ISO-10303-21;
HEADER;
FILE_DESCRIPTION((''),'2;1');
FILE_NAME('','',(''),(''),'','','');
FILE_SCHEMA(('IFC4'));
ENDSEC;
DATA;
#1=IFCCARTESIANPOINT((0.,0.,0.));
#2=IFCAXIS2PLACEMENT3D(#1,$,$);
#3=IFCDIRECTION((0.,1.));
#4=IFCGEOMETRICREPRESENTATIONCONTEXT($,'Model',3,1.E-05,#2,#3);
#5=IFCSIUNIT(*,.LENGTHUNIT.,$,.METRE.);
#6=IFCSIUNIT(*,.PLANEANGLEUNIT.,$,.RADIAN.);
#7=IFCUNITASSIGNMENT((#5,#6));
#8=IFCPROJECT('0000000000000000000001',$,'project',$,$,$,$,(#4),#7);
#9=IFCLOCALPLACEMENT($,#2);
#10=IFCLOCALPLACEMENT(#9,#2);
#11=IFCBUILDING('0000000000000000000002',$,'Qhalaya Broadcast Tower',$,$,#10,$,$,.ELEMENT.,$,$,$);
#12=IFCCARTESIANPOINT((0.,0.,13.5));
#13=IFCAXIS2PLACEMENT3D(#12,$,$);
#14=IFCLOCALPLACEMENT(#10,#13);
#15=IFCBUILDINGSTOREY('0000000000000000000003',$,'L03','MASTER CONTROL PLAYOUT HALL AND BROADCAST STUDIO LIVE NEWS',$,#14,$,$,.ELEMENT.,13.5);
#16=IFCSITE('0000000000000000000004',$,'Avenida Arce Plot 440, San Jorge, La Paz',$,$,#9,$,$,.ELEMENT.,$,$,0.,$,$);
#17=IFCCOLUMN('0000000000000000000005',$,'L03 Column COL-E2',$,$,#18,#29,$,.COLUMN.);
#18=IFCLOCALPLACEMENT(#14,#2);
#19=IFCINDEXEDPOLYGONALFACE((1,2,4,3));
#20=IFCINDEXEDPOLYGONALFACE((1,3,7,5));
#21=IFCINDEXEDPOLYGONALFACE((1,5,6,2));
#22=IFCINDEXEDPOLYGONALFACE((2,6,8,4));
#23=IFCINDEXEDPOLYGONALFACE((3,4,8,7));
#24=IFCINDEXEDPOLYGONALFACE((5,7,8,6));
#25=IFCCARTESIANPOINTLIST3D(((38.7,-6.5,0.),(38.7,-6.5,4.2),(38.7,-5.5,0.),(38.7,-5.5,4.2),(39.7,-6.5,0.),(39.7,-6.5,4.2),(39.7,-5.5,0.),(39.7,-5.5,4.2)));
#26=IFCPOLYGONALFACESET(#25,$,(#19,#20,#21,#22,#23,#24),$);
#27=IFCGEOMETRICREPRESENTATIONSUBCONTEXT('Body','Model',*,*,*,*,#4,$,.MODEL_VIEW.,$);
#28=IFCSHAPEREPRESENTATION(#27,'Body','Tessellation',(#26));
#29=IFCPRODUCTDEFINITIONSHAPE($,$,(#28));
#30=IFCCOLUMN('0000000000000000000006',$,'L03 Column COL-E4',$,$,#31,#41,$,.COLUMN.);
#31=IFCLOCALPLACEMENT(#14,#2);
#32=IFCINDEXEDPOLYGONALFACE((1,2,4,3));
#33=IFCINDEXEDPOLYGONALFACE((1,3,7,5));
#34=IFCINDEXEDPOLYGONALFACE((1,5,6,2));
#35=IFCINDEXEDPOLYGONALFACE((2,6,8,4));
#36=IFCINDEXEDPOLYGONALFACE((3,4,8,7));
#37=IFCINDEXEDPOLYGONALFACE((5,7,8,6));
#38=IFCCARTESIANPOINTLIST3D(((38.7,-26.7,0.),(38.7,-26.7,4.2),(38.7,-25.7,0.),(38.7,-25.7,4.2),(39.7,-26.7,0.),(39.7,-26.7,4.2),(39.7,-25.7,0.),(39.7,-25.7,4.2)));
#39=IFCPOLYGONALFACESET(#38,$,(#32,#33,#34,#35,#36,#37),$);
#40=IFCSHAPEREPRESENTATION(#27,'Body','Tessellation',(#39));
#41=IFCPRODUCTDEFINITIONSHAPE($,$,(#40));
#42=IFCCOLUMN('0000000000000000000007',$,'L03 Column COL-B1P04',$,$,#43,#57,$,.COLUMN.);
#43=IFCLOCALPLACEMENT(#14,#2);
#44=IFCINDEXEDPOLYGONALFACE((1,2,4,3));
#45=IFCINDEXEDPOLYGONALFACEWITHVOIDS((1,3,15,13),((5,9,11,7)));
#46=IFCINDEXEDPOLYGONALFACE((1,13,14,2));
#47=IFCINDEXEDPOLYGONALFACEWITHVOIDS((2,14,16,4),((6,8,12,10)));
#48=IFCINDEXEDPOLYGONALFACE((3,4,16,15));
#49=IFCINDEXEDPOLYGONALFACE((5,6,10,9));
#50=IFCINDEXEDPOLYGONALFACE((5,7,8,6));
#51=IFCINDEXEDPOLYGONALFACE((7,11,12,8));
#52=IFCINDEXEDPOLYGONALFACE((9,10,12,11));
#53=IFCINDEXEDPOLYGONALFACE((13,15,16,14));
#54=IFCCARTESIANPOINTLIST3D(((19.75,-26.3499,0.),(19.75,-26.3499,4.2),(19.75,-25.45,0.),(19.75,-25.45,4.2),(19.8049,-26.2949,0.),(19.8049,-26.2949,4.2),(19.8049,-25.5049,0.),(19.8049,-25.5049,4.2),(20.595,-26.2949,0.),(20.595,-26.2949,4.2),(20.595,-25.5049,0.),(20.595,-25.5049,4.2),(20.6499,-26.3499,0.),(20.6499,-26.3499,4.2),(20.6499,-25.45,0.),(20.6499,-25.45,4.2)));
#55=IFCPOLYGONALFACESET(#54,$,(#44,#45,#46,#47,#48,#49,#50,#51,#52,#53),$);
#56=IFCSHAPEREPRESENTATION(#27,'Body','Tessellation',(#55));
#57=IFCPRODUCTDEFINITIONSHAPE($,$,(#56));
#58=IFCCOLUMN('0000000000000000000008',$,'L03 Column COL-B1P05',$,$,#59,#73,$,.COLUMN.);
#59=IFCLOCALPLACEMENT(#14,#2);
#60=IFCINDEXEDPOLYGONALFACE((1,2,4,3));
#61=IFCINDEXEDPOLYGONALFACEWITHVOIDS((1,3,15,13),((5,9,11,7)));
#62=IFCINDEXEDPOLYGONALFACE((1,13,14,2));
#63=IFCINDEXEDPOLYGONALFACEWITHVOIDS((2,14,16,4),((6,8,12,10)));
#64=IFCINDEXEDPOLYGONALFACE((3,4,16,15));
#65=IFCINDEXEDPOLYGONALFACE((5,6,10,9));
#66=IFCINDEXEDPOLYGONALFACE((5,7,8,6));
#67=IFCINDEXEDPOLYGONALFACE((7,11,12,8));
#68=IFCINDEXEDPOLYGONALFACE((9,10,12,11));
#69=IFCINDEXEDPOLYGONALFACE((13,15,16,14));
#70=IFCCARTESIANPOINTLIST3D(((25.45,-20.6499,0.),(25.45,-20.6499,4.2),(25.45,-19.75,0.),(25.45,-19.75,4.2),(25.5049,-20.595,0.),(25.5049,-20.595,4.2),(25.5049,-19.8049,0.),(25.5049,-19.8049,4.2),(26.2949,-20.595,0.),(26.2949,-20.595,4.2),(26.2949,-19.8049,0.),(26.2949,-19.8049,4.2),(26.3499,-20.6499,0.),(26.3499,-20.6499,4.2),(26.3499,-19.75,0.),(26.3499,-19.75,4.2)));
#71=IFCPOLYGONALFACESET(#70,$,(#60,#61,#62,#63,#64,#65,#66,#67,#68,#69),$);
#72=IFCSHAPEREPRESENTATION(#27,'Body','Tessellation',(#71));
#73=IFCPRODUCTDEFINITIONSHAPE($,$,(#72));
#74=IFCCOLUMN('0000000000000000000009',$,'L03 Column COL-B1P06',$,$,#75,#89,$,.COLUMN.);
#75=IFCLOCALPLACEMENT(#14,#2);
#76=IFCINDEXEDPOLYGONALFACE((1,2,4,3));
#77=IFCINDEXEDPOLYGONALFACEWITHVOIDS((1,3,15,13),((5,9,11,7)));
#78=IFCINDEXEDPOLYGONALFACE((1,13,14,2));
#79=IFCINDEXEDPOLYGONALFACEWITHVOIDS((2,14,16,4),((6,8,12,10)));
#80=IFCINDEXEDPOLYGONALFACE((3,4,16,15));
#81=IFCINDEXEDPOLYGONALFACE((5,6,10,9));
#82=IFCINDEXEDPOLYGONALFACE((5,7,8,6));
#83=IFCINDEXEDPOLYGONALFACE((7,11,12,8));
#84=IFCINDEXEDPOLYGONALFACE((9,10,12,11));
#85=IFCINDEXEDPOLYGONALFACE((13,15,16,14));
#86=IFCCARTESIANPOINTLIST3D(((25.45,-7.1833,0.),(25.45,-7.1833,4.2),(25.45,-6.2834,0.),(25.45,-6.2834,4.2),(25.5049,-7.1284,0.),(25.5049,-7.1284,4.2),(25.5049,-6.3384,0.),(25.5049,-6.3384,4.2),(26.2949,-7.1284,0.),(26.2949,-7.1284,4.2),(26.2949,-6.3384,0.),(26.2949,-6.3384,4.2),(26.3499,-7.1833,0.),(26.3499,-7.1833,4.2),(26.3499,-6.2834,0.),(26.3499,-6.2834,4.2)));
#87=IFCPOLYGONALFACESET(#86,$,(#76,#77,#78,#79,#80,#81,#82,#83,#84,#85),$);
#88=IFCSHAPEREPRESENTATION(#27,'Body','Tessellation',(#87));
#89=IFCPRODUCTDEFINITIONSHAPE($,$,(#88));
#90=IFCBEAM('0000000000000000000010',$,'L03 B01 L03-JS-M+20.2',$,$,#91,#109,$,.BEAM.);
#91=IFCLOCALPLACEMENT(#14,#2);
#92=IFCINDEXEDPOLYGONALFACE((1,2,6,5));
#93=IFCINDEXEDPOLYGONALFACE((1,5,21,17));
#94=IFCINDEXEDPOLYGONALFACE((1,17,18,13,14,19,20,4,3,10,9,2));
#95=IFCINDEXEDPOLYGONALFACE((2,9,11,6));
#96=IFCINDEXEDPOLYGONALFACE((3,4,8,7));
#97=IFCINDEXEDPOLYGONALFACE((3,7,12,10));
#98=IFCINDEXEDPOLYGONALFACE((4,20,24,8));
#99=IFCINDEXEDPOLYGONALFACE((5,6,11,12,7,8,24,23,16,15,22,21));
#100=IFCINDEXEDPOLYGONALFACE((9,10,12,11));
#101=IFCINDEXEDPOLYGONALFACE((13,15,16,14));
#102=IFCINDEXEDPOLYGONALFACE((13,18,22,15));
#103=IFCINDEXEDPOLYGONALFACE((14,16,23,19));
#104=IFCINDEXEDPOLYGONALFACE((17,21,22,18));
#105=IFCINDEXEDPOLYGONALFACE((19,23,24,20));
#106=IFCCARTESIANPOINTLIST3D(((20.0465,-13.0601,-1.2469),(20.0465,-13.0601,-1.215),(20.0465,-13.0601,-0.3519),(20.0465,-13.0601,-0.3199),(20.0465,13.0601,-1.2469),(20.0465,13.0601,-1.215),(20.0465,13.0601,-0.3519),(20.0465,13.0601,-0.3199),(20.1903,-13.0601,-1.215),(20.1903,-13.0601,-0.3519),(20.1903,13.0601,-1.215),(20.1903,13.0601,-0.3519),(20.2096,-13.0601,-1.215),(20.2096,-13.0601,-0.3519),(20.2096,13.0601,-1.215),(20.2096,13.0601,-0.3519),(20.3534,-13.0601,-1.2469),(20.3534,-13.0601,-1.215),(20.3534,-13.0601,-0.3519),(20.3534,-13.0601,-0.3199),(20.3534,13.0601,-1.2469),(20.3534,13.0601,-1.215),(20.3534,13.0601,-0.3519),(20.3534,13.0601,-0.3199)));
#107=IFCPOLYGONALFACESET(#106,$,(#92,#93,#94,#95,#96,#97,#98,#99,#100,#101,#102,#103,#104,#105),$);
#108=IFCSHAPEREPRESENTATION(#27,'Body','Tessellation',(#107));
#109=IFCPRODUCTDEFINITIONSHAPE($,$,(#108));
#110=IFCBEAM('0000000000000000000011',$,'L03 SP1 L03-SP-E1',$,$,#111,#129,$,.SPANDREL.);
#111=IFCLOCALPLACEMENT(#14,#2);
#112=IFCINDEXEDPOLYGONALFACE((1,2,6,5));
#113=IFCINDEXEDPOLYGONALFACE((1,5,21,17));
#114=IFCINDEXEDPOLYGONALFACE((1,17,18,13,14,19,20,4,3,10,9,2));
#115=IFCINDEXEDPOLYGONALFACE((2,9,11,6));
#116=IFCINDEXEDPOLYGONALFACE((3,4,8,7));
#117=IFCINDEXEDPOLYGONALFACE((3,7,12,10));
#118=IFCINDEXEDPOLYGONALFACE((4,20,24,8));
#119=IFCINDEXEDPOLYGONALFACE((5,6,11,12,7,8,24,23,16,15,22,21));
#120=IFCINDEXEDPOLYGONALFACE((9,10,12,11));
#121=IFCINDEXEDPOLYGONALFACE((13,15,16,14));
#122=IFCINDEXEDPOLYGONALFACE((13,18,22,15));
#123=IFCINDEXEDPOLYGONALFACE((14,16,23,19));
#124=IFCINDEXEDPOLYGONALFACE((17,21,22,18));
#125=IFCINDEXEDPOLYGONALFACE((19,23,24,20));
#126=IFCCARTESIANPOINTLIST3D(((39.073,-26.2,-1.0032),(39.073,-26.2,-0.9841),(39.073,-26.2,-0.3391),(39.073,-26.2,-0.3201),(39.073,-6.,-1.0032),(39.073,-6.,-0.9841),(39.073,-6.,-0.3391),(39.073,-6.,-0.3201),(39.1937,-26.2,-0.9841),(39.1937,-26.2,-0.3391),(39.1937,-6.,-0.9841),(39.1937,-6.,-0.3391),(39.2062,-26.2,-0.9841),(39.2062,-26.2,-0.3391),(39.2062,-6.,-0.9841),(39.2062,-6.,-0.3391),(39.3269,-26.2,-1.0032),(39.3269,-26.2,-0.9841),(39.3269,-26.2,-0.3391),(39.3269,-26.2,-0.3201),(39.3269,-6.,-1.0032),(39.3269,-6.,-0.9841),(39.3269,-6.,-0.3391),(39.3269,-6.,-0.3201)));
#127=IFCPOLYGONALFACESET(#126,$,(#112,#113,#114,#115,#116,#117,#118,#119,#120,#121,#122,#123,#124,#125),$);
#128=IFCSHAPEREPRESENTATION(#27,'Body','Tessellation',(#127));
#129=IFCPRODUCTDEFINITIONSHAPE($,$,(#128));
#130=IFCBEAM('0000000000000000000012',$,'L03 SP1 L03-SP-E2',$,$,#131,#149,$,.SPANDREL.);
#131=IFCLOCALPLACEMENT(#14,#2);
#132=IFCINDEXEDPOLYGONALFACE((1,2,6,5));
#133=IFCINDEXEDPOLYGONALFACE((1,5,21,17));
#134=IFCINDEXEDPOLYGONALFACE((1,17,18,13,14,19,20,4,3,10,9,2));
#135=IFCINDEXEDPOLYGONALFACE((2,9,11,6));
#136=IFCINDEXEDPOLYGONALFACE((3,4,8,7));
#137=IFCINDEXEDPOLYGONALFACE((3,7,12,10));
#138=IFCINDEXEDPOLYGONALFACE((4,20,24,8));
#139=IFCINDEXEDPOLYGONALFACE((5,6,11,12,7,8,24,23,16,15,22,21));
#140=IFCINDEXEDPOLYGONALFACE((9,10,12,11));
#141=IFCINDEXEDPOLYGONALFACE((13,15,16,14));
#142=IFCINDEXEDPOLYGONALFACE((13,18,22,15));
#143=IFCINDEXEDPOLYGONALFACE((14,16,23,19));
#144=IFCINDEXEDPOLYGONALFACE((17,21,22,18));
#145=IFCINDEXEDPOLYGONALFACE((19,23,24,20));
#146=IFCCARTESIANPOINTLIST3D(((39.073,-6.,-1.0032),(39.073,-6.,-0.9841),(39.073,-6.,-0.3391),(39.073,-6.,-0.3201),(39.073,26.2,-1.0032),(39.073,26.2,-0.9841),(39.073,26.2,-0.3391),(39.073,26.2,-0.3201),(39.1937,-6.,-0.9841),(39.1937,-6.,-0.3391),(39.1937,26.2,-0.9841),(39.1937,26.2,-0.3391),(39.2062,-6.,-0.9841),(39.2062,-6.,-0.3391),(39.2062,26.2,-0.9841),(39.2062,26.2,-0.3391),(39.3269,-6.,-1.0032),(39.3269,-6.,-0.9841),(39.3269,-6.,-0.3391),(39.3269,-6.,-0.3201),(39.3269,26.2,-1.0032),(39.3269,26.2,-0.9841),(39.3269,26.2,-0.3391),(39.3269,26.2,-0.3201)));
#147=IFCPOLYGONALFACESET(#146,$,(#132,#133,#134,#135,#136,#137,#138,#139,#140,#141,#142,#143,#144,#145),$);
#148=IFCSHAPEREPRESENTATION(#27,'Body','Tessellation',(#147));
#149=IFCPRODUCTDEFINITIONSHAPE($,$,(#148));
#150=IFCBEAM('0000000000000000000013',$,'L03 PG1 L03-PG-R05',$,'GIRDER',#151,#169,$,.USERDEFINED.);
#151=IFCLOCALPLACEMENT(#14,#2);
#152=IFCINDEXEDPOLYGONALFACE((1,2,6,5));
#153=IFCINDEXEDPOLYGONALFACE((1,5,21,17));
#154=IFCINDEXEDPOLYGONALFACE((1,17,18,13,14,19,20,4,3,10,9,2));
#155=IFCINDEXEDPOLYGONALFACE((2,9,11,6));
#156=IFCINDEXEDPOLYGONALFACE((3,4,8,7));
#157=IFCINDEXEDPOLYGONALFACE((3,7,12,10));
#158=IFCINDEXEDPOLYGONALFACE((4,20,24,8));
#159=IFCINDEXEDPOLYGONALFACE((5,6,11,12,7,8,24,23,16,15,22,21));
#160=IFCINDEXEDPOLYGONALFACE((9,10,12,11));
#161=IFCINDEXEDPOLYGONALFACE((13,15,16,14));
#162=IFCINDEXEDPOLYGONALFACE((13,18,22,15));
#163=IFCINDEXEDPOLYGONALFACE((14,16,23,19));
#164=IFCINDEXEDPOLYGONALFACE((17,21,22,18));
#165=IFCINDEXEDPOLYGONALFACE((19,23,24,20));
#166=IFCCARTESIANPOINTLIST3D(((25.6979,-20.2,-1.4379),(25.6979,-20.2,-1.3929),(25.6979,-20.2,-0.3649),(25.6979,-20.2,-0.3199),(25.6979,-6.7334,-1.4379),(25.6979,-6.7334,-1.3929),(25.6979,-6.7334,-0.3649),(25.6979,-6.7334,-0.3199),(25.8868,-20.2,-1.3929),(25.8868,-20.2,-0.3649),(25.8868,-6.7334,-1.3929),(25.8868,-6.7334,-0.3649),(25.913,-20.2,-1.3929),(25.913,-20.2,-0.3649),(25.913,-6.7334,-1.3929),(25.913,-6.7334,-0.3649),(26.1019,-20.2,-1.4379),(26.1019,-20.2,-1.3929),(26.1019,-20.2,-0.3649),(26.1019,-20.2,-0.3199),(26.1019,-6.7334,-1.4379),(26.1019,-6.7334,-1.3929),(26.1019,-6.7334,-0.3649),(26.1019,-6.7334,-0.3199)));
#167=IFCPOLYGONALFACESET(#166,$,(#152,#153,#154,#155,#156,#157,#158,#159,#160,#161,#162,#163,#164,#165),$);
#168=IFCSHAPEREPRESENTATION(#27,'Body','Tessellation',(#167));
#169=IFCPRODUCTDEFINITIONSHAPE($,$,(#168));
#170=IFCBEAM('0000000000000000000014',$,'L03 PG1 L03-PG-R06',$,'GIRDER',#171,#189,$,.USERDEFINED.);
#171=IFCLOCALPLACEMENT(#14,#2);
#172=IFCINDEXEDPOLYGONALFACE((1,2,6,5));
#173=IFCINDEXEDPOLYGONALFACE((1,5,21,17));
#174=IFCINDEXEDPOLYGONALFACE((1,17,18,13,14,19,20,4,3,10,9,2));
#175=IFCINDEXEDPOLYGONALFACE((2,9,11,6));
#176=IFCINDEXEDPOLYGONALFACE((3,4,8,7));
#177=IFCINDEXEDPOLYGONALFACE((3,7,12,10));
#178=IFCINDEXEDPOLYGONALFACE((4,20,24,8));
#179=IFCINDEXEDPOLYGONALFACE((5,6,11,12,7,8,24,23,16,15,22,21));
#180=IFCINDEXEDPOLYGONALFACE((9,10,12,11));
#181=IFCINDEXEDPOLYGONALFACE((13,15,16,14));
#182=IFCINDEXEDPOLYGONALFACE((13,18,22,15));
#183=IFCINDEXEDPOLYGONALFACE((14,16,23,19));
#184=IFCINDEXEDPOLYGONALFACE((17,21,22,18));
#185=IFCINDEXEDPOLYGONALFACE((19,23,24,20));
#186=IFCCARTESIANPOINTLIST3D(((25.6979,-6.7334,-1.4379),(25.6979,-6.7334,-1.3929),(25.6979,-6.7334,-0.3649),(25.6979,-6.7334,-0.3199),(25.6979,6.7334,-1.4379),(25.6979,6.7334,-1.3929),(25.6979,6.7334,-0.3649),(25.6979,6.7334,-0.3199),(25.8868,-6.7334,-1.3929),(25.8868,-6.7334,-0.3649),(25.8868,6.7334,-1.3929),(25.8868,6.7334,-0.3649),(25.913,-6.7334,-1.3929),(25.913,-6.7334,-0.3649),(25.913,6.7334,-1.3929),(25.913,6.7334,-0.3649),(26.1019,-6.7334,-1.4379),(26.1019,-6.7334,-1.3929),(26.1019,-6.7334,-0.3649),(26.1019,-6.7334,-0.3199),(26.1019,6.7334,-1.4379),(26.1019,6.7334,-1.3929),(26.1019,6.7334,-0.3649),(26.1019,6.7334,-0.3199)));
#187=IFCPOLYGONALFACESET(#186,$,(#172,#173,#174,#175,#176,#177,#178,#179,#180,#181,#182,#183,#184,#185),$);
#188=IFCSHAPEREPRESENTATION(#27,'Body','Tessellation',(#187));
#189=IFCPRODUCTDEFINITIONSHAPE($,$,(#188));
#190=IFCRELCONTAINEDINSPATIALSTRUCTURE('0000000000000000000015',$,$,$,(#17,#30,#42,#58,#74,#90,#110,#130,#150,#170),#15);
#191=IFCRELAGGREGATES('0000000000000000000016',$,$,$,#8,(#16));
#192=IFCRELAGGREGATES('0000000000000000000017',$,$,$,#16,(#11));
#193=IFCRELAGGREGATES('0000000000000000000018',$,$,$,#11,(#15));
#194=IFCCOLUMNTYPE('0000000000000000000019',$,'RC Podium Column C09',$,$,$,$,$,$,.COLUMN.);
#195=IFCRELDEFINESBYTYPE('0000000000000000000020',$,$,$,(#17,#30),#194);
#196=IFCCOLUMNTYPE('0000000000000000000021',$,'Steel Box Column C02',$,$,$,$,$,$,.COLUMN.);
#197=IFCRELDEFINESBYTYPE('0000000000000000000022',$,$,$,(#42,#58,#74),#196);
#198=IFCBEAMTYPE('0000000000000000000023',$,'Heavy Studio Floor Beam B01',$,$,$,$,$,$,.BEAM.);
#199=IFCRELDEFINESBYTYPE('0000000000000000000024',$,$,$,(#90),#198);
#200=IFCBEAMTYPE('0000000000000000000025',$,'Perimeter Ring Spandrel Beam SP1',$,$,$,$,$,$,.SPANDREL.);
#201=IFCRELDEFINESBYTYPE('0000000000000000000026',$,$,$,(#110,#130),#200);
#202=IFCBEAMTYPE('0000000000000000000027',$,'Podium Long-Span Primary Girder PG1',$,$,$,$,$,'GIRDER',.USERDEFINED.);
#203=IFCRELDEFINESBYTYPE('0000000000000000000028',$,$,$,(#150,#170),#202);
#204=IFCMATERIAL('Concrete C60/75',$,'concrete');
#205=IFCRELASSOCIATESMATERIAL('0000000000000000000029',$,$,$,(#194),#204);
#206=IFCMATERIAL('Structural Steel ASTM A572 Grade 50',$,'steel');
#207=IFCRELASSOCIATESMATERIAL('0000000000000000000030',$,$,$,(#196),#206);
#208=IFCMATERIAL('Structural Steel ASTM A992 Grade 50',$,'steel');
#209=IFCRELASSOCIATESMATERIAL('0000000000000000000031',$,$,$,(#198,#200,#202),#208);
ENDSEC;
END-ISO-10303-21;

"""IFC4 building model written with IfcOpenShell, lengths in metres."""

from ifc_helpers import new_model, si_unit, direction, frame, origin, origin_2d, place, context, subcontext, project, spatial, rectangle, hollow_rectangle, i_section, extrude, material, material_profile, profile_set, type_object, element, save


model = new_model("IFC4")

# Units and contexts
model_context = context("Model", 3, precision=1e-05, world=origin(), true_north=direction((0.0, 1.0)))
body_context = subcontext(model_context, "Body", "Model", "MODEL_VIEW")
ifc_project = project(units=[si_unit("LENGTHUNIT", "METRE"), si_unit("PLANEANGLEUNIT", "RADIAN")], contexts=[model_context])

# Site, building, storey
site_placement = place(None, origin())
site = spatial("IfcSite", under=ifc_project, at=site_placement, Name="Avenida Arce Plot 440, San Jorge, La Paz", CompositionType="ELEMENT", RefElevation=0.0)
building_placement = place(site_placement, origin())
building = spatial("IfcBuilding", under=site, at=building_placement, Name="Qhalaya Broadcast Tower", CompositionType="ELEMENT")
storey_placement = place(building_placement, frame((0.0, 0.0, 13.5)))
storey = spatial("IfcBuildingStorey", under=building, at=storey_placement, Name="L03", Description="MASTER CONTROL PLAYOUT HALL AND BROADCAST STUDIO LIVE NEWS", CompositionType="ELEMENT", Elevation=13.5)

# Columns
ifc_material_1 = material(Name="Concrete C60/75", Category="concrete")
ifc_material_profile_1 = material_profile(ifc_material_1, rectangle(XDim=1.0, YDim=1.0, at=origin_2d()), Name="RC-COL 1000x1000")
ifc_profile_set_1 = profile_set([ifc_material_profile_1], Name="Concrete C60/75")
column_type_1 = type_object("IfcColumnType", Name="RC Podium Column C09", PredefinedType="COLUMN", material=ifc_profile_set_1)
for number, where, z_axis, x_axis, name in (
    (1, (39.2, -6.0, 0.0), (0.0, 0.0, 1.0), (1.0, 0.0, 0.0), "L03 Column COL-E2"),
    (2, (39.2, -26.2, 0.0), (0.0, 0.0, 1.0), (1.0, 0.0, 0.0), "L03 Column COL-E4"),
):
    element("IfcColumn", number, at=place(storey_placement, frame(where, z_axis=z_axis, x_axis=x_axis)), inside=storey, type_object=column_type_1, Name=name, PredefinedType="COLUMN", context=body_context, shape_type="SweptSolid", body=[
        extrude(rectangle(XDim=1.0, YDim=1.0, at=origin_2d()), origin(), (0.0, 0.0, 1.0), 4.2),
    ])
ifc_material_2 = material(Name="Structural Steel ASTM A572 Grade 50", Category="steel")
ifc_material_profile_2 = material_profile(ifc_material_2, hollow_rectangle(XDim=0.8999, YDim=0.8999, WallThickness=0.0549, at=origin_2d()), Name="BOX 900x900x55")
ifc_profile_set_2 = profile_set([ifc_material_profile_2], Name="Structural Steel ASTM A572 Grade 50")
column_type_2 = type_object("IfcColumnType", Name="Steel Box Column C02", PredefinedType="COLUMN", material=ifc_profile_set_2)
for number, where, z_axis, x_axis, name in (
    (3, (20.2, -25.8999, 0.0), (0.0, 0.0, 1.0), (1.0, 0.0, 0.0), "L03 Column COL-B1P04"),
    (4, (25.8999, -20.2, 0.0), (0.0, 0.0, 1.0), (0.0, 1.0, 0.0), "L03 Column COL-B1P05"),
    (5, (25.8999, -6.7334, 0.0), (0.0, 0.0, 1.0), (0.0, 1.0, 0.0), "L03 Column COL-B1P06"),
):
    element("IfcColumn", number, at=place(storey_placement, frame(where, z_axis=z_axis, x_axis=x_axis)), inside=storey, type_object=column_type_2, Name=name, PredefinedType="COLUMN", context=body_context, shape_type="SweptSolid", body=[
        extrude(hollow_rectangle(XDim=0.8999, YDim=0.8999, WallThickness=0.0549, at=origin_2d()), origin(), (0.0, 0.0, 1.0), 4.2),
    ])

# Beams
ifc_material_3 = material(Name="Structural Steel ASTM A992 Grade 50", Category="steel")
ifc_material_profile_3 = material_profile(ifc_material_3, i_section(OverallWidth=0.3069, OverallDepth=0.927, WebThickness=0.0193, FlangeThickness=0.032, at=origin_2d()), Name="W36X194")
ifc_profile_set_3 = profile_set([ifc_material_profile_3], Name="Structural Steel ASTM A992 Grade 50")
beam_type_1 = type_object("IfcBeamType", Name="Heavy Studio Floor Beam B01", PredefinedType="BEAM", material=ifc_profile_set_3)
beam_1_placement = place(storey_placement, frame((20.2, -13.0601, -0.7834), z_axis=(0.0, 1.0, 0.0), x_axis=(-1.0, 0.0, 0.0)))
element("IfcBeam", 6, at=beam_1_placement, inside=storey, type_object=beam_type_1, Name="L03 B01 L03-JS-M+20.2", PredefinedType="BEAM", context=body_context, shape_type="SweptSolid", body=[
    extrude(i_section(OverallWidth=0.3069, OverallDepth=0.927, WebThickness=0.0193, FlangeThickness=0.032, at=origin_2d()), origin(), (0.0, 0.0, 1.0), 26.1201),
])
ifc_material_profile_4 = material_profile(ifc_material_3, i_section(OverallWidth=0.2539, OverallDepth=0.6831, WebThickness=0.0125, FlangeThickness=0.019, at=origin_2d()), Name="W27X94")
ifc_profile_set_4 = profile_set([ifc_material_profile_4], Name="Structural Steel ASTM A992 Grade 50")
beam_type_2 = type_object("IfcBeamType", Name="Perimeter Ring Spandrel Beam SP1", PredefinedType="SPANDREL", material=ifc_profile_set_4)
beam_2_placement = place(storey_placement, frame((39.2, -26.2, -0.6616), z_axis=(0.0, 1.0, 0.0), x_axis=(-1.0, 0.0, 0.0)))
element("IfcBeam", 7, at=beam_2_placement, inside=storey, type_object=beam_type_2, Name="L03 SP1 L03-SP-E1", PredefinedType="SPANDREL", context=body_context, shape_type="SweptSolid", body=[
    extrude(i_section(OverallWidth=0.2539, OverallDepth=0.6831, WebThickness=0.0125, FlangeThickness=0.019, at=origin_2d()), origin(), (0.0, 0.0, 1.0), 20.2),
])
beam_3_placement = place(storey_placement, frame((39.2, -6.0, -0.6616), z_axis=(0.0, 1.0, 0.0), x_axis=(-1.0, 0.0, 0.0)))
element("IfcBeam", 8, at=beam_3_placement, inside=storey, type_object=beam_type_2, Name="L03 SP1 L03-SP-E2", PredefinedType="SPANDREL", context=body_context, shape_type="SweptSolid", body=[
    extrude(i_section(OverallWidth=0.2539, OverallDepth=0.6831, WebThickness=0.0125, FlangeThickness=0.019, at=origin_2d()), origin(), (0.0, 0.0, 1.0), 32.2),
])
ifc_material_profile_5 = material_profile(ifc_material_3, i_section(OverallWidth=0.4041, OverallDepth=1.1179, WebThickness=0.0261, FlangeThickness=0.0449, at=origin_2d()), Name="W44X335")
ifc_profile_set_5 = profile_set([ifc_material_profile_5], Name="Structural Steel ASTM A992 Grade 50")
beam_type_3 = type_object("IfcBeamType", Name="Podium Long-Span Primary Girder PG1", ElementType="GIRDER", PredefinedType="USERDEFINED", material=ifc_profile_set_5)
beam_4_placement = place(storey_placement, frame((25.8999, -20.2, -0.8789), z_axis=(0.0, 1.0, 0.0), x_axis=(-1.0, 0.0, 0.0)))
element("IfcBeam", 9, at=beam_4_placement, inside=storey, type_object=beam_type_3, Name="L03 PG1 L03-PG-R05", ObjectType="GIRDER", PredefinedType="USERDEFINED", context=body_context, shape_type="SweptSolid", body=[
    extrude(i_section(OverallWidth=0.4041, OverallDepth=1.1179, WebThickness=0.0261, FlangeThickness=0.0449, at=origin_2d()), origin(), (0.0, 0.0, 1.0), 13.4666),
])
beam_5_placement = place(storey_placement, frame((25.8999, -6.7334, -0.8789), z_axis=(0.0, 1.0, 0.0), x_axis=(-1.0, 0.0, 0.0)))
element("IfcBeam", 10, at=beam_5_placement, inside=storey, type_object=beam_type_3, Name="L03 PG1 L03-PG-R06", ObjectType="GIRDER", PredefinedType="USERDEFINED", context=body_context, shape_type="SweptSolid", body=[
    extrude(i_section(OverallWidth=0.4041, OverallDepth=1.1179, WebThickness=0.0261, FlangeThickness=0.0449, at=origin_2d()), origin(), (0.0, 0.0, 1.0), 13.4668),
])

save(model, "model.ifc")
